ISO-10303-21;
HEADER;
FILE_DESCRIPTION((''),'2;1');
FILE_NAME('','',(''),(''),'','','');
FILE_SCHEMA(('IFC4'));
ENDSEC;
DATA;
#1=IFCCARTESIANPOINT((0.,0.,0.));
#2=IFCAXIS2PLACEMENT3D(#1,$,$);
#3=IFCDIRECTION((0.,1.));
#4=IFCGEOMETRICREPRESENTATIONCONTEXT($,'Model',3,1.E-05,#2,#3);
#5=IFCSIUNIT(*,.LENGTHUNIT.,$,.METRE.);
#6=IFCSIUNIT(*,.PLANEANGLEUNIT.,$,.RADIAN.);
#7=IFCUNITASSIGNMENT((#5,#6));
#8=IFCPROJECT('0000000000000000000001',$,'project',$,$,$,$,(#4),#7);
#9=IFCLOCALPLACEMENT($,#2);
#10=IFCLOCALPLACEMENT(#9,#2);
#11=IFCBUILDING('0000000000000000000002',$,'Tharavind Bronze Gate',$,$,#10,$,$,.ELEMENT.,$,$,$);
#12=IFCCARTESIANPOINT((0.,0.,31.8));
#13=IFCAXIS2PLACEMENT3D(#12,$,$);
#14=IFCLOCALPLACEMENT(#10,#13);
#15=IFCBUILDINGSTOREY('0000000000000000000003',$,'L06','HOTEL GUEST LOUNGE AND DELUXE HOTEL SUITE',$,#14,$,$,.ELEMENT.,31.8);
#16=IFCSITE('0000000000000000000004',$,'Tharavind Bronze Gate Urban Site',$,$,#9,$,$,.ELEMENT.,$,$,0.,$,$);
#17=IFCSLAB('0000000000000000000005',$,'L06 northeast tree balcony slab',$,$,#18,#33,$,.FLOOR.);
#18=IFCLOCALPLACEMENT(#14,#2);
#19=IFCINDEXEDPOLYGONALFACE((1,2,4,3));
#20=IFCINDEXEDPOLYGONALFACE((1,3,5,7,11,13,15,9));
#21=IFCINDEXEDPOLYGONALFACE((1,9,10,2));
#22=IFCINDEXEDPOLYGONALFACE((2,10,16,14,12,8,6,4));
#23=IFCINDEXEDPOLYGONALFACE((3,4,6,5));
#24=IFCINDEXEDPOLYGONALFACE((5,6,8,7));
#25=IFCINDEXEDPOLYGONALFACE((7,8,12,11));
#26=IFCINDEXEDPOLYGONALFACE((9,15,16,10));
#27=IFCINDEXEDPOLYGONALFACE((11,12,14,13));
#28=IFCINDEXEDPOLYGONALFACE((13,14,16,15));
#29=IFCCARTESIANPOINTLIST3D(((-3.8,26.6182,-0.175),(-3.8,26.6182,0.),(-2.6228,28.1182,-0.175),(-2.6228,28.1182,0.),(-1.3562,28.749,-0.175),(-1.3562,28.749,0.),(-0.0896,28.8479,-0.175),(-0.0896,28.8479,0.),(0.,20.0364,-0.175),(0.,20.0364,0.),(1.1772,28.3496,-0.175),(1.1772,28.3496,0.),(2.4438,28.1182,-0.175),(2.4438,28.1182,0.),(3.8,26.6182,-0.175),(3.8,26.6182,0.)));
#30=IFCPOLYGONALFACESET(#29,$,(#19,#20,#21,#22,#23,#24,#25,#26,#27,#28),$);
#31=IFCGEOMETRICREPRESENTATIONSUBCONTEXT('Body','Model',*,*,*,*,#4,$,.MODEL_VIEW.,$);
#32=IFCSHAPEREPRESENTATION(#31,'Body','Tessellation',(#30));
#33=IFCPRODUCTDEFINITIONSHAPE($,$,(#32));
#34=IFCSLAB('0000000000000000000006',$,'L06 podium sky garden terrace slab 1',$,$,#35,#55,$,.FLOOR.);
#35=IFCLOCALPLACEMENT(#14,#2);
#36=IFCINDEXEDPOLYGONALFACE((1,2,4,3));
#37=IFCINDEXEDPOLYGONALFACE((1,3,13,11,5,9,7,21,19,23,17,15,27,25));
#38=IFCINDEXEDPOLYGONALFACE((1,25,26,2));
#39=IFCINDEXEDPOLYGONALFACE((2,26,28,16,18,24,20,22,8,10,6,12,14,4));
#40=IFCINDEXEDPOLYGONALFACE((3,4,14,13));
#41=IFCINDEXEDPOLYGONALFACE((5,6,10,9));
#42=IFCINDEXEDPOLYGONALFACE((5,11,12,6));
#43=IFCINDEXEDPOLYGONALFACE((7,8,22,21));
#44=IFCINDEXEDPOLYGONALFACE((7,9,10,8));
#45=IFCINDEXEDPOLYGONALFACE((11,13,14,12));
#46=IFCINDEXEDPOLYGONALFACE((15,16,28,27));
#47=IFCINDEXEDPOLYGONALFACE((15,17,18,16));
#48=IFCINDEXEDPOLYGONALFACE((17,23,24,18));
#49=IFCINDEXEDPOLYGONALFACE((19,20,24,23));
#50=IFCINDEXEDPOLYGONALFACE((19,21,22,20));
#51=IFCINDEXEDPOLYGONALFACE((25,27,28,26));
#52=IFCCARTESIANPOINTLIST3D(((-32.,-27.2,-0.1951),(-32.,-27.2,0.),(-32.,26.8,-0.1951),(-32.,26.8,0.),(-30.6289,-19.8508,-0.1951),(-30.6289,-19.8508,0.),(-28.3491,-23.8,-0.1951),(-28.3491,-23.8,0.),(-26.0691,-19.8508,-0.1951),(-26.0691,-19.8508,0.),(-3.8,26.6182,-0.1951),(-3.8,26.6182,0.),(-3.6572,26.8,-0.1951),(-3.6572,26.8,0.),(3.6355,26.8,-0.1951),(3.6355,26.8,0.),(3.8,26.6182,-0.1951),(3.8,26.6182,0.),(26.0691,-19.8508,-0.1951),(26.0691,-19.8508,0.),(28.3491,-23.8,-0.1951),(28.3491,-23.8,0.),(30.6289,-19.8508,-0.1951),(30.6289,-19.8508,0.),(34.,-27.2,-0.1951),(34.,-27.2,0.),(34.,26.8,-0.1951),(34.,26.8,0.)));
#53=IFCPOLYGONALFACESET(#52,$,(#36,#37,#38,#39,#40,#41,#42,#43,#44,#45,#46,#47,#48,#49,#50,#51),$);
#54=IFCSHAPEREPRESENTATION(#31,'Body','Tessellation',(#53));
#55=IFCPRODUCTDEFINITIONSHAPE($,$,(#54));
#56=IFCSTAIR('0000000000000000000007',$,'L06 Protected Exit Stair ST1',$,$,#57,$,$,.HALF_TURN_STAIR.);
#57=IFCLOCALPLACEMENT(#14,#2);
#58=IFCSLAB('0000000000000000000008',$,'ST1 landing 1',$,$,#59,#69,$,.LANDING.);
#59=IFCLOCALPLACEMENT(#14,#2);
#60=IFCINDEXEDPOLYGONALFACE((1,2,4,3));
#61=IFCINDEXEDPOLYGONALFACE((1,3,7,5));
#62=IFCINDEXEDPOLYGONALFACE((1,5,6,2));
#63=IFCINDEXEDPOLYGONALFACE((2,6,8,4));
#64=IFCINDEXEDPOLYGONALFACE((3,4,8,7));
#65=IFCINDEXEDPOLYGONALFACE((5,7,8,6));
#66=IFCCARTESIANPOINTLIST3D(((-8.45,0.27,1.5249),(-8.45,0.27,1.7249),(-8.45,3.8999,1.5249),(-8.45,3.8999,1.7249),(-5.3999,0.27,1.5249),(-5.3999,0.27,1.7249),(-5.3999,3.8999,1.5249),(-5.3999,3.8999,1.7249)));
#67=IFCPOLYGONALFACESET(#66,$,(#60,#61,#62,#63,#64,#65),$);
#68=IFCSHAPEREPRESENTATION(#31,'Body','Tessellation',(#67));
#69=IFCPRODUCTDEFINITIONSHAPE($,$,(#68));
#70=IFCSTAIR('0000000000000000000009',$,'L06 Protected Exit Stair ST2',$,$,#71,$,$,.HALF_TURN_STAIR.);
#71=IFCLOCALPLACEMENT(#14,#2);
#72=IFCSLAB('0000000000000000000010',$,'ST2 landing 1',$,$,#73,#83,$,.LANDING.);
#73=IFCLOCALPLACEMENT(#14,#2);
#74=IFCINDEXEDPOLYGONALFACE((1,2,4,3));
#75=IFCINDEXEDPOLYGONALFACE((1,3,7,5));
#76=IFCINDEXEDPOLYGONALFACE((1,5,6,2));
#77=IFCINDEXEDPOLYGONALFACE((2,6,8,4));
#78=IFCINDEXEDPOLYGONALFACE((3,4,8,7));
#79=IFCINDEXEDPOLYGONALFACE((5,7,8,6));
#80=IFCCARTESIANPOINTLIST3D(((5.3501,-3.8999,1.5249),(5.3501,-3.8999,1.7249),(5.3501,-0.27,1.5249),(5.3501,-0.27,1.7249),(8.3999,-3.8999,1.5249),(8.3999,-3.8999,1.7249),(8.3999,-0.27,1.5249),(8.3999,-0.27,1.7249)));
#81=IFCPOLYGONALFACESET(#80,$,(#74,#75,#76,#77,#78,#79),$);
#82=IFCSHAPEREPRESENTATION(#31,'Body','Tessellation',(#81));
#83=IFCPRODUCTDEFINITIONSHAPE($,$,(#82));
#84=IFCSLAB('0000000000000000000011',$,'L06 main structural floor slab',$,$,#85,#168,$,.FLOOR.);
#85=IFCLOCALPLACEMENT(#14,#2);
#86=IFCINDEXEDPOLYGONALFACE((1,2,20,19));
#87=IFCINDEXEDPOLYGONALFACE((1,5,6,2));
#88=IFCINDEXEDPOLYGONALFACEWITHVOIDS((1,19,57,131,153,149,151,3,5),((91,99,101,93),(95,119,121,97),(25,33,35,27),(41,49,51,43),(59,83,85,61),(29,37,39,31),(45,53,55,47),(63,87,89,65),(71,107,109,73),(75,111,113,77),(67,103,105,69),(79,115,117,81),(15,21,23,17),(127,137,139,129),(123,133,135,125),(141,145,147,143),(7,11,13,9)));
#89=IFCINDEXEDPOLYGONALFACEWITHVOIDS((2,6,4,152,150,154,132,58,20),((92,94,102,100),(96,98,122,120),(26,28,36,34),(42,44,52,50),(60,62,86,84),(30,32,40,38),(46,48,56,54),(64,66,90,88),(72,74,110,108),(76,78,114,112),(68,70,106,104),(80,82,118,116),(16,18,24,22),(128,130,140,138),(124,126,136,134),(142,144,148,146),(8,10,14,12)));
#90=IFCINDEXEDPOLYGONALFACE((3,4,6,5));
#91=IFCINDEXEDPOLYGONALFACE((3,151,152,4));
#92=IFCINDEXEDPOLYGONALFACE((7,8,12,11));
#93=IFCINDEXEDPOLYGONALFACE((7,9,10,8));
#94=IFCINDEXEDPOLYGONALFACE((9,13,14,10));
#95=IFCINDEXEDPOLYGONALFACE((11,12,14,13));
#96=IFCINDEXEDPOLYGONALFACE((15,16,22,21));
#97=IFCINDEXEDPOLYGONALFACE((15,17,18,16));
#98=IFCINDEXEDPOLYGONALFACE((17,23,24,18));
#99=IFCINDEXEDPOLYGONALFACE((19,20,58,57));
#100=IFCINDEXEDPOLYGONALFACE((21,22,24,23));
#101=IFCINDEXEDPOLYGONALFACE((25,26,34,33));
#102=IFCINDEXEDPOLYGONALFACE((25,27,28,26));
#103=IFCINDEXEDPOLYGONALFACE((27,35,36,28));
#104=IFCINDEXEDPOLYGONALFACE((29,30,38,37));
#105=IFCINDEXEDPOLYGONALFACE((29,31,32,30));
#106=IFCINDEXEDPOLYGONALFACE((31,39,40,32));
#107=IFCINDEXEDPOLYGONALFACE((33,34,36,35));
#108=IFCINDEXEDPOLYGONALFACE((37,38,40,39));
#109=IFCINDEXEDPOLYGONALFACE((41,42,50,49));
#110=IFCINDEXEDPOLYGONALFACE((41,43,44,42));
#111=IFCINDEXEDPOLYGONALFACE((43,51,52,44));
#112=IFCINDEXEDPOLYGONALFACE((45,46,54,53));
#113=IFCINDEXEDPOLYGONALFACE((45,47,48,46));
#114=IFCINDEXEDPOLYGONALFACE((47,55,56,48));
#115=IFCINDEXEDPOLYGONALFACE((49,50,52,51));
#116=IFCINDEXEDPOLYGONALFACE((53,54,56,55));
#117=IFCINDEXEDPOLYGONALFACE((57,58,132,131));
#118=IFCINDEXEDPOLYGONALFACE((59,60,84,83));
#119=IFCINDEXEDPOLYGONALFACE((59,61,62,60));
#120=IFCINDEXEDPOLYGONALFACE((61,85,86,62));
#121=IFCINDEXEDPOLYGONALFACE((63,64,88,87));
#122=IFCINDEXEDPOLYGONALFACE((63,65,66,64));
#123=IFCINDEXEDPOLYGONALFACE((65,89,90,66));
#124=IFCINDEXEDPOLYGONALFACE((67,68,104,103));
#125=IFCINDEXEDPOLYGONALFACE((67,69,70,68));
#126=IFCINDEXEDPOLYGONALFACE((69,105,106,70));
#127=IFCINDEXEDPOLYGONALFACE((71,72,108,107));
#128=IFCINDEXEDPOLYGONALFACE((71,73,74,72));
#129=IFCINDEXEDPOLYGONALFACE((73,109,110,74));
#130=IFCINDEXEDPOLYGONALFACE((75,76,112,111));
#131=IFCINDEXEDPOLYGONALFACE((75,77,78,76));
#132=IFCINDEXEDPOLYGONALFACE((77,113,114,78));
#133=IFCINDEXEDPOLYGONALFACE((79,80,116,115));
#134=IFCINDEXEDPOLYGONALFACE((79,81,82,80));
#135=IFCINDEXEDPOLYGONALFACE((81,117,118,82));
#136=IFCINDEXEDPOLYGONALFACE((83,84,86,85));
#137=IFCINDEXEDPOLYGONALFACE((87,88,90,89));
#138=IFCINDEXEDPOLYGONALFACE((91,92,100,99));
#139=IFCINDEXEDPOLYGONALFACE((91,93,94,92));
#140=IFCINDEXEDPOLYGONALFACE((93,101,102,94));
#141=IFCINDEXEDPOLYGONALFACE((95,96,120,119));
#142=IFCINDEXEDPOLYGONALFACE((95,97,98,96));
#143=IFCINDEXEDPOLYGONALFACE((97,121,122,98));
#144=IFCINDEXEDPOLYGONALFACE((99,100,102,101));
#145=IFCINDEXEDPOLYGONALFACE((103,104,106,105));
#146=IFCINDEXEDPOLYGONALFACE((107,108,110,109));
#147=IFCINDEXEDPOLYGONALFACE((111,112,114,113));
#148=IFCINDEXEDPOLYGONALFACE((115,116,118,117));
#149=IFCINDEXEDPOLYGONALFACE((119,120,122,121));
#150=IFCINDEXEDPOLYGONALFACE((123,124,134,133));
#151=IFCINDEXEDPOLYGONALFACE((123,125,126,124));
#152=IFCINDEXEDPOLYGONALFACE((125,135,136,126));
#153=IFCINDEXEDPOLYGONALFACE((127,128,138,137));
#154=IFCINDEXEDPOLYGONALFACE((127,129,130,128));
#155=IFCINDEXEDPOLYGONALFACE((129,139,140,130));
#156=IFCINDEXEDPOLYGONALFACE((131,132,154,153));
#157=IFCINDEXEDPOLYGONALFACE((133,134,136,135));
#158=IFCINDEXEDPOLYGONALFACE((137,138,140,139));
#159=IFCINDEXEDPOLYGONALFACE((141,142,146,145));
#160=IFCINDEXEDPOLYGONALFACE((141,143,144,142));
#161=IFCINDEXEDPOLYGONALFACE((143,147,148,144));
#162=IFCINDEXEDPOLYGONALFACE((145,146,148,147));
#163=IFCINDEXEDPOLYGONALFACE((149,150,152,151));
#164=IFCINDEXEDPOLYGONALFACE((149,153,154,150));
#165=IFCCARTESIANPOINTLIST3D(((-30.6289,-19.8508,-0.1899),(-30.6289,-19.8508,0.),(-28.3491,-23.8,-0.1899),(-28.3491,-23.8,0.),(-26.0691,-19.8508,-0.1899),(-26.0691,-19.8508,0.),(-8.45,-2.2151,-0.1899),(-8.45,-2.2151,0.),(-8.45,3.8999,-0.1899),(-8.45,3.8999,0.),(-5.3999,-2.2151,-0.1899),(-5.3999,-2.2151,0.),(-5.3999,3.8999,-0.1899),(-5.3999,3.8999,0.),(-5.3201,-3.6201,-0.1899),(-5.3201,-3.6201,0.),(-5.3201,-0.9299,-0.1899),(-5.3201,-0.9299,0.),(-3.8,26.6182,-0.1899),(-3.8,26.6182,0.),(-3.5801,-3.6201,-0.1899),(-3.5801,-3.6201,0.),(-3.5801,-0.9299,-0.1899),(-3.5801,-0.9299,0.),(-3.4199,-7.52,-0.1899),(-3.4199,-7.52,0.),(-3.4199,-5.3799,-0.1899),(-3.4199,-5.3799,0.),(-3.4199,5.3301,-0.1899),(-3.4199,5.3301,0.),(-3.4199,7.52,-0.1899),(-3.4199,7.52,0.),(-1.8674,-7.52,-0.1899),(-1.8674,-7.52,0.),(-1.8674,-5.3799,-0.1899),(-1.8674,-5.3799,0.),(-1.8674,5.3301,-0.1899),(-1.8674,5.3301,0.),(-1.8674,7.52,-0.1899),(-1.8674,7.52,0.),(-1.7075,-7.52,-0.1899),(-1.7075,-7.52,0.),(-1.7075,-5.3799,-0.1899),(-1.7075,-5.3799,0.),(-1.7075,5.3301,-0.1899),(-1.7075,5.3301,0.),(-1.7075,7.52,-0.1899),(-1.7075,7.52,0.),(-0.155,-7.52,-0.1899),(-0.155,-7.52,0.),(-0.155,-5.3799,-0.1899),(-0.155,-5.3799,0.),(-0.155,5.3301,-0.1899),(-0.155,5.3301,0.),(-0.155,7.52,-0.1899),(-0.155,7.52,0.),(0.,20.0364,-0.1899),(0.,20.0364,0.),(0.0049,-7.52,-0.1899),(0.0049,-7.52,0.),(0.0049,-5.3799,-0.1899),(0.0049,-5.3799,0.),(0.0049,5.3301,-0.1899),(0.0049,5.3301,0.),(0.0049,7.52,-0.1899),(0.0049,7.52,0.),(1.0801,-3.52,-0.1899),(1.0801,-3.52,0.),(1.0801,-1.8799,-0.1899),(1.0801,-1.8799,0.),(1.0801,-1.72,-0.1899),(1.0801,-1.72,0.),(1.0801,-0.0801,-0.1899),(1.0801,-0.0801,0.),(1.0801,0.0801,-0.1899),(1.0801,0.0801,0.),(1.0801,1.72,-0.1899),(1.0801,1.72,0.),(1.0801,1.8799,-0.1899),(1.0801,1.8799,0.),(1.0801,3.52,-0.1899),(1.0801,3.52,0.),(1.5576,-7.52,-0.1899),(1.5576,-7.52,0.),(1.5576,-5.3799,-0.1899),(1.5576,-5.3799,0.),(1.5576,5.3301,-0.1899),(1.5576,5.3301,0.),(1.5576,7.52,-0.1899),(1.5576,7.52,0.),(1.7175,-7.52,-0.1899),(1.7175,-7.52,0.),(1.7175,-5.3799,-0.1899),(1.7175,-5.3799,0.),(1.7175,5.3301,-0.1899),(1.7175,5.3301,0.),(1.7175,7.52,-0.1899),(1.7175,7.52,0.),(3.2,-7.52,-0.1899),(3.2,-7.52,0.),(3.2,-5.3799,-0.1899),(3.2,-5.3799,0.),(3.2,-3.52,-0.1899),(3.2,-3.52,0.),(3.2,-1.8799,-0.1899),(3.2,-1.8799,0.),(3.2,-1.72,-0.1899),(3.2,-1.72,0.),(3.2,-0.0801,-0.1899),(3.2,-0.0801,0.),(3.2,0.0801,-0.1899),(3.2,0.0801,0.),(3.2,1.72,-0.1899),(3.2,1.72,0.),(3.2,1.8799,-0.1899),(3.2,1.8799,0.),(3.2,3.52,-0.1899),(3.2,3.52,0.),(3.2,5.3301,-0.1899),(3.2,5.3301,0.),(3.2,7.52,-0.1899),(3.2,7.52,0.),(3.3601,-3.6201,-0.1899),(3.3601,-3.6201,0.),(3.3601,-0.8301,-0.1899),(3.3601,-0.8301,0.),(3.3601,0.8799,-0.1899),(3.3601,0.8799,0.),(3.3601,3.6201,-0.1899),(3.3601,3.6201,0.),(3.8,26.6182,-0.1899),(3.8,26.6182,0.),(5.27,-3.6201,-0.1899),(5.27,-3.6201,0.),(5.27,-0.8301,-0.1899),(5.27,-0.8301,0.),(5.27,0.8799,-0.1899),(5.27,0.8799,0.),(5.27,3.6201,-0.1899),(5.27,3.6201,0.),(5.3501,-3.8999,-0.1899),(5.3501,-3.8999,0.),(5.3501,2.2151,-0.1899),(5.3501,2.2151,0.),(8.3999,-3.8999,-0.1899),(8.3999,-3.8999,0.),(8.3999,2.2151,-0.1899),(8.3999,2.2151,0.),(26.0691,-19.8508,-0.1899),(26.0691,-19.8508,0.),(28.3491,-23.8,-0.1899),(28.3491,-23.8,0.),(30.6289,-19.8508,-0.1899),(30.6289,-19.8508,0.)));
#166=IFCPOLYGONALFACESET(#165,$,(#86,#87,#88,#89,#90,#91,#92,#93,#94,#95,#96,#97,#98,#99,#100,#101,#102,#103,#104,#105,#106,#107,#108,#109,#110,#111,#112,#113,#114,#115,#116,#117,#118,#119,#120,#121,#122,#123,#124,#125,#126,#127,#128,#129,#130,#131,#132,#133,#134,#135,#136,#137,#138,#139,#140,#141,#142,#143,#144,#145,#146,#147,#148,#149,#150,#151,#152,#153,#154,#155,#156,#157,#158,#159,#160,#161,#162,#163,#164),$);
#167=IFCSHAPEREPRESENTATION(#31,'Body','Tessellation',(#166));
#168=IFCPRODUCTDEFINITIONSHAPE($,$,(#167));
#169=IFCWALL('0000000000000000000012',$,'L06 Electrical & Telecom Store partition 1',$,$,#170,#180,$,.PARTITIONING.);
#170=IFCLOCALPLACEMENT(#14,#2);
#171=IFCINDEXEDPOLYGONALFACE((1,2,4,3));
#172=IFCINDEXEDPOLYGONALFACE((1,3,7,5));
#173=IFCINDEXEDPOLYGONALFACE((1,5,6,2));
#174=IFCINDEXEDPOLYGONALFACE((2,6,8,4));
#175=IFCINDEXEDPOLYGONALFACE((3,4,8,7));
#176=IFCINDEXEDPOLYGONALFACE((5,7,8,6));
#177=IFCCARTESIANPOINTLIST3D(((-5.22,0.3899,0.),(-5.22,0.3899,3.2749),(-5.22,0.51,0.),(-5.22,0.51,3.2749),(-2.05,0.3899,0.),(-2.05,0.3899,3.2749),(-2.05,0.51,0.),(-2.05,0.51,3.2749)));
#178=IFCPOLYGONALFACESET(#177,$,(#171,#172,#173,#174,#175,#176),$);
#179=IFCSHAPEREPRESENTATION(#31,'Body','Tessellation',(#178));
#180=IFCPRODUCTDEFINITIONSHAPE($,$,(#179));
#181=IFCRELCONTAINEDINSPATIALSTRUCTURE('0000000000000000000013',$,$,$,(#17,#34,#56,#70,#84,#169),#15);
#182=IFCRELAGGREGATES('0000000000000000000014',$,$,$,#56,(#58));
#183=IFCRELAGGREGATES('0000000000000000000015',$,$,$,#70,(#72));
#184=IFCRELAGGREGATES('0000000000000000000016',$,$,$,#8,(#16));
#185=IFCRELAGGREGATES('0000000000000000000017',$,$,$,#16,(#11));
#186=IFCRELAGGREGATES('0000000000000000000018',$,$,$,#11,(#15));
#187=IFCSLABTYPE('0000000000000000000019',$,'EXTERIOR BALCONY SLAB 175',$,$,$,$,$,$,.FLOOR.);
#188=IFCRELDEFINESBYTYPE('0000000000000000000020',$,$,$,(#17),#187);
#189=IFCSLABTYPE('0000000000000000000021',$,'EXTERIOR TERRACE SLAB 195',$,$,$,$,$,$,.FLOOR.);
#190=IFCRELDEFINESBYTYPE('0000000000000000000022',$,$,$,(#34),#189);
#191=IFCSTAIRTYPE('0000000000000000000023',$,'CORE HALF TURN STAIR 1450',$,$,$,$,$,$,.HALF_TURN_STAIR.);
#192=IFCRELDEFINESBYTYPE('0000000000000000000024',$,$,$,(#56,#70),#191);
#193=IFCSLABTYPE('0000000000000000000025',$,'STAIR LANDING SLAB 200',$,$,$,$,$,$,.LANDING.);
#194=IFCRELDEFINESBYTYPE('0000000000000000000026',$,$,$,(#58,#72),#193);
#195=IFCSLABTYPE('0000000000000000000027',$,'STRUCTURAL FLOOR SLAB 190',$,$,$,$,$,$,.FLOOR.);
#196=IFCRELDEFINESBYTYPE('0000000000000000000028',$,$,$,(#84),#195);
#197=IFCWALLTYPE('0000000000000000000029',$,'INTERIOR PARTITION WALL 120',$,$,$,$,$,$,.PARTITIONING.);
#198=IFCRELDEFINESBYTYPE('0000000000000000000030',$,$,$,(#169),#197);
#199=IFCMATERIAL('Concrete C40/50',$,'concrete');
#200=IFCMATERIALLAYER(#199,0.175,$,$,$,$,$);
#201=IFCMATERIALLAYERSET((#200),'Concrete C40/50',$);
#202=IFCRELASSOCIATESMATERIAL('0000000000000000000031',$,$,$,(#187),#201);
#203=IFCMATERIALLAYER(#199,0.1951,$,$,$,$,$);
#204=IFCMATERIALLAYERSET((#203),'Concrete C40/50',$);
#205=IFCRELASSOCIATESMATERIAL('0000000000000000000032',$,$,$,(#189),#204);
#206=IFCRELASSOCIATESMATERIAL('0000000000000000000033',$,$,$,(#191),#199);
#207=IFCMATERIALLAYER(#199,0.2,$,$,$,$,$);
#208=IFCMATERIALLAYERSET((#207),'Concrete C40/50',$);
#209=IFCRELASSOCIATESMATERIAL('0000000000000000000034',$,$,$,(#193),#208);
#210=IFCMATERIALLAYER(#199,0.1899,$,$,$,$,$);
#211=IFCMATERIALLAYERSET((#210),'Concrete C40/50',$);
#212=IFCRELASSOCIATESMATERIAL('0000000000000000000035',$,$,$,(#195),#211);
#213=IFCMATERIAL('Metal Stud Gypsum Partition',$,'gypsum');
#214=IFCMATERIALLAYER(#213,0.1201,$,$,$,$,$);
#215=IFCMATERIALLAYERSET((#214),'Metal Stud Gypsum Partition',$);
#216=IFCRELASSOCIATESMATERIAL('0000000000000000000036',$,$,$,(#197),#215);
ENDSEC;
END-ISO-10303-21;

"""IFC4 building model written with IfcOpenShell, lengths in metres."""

from ifc_helpers import new_model, si_unit, direction, frame, frame_2d, origin, place, context, subcontext, project, spatial, polyline, rectangle, outline, extrude, material, layer, layer_set, type_object, element, aggregate, save


model = new_model("IFC4")

# Units and contexts
model_context = context("Model", 3, precision=1e-05, world=origin(), true_north=direction((0.0, 1.0)))
body_context = subcontext(model_context, "Body", "Model", "MODEL_VIEW")
ifc_project = project(units=[si_unit("LENGTHUNIT", "METRE"), si_unit("PLANEANGLEUNIT", "RADIAN")], contexts=[model_context])

# Site, building, storey
site_placement = place(None, origin())
site = spatial("IfcSite", under=ifc_project, at=site_placement, Name="Tharavind Bronze Gate Urban Site", CompositionType="ELEMENT", RefElevation=0.0)
building_placement = place(site_placement, origin())
building = spatial("IfcBuilding", under=site, at=building_placement, Name="Tharavind Bronze Gate", CompositionType="ELEMENT")
storey_placement = place(building_placement, frame((0.0, 0.0, 31.8)))
storey = spatial("IfcBuildingStorey", under=building, at=storey_placement, Name="L06", Description="HOTEL GUEST LOUNGE AND DELUXE HOTEL SUITE", CompositionType="ELEMENT", Elevation=31.8)

# Slabs
ifc_material_1 = material(Name="Concrete C40/50", Category="concrete")
ifc_layer_1 = layer(ifc_material_1, 0.175)
ifc_layer_set_1 = layer_set([ifc_layer_1], Name="Concrete C40/50")
slab_type_1 = type_object("IfcSlabType", Name="EXTERIOR BALCONY SLAB 175", PredefinedType="FLOOR", material=ifc_layer_set_1)
slab_1_placement = place(storey_placement, frame((0.0, 0.0, -0.175)))
element("IfcSlab", 1, at=slab_1_placement, inside=storey, type_object=slab_type_1, Name="L06 northeast tree balcony slab", PredefinedType="FLOOR", context=body_context, shape_type="SweptSolid", body=[
    extrude(outline(polyline([(2.4438, 28.1182), (1.1772, 28.3496), (-0.0896, 28.8479), (-1.3562, 28.749), (-2.6228, 28.1182), (-3.8, 26.6182), (0.0, 20.0364), (3.8, 26.6182), (2.4438, 28.1182)])), origin(), (0.0, 0.0, 1.0), 0.175),
])
ifc_layer_2 = layer(ifc_material_1, 0.1951)
ifc_layer_set_2 = layer_set([ifc_layer_2], Name="Concrete C40/50")
slab_type_2 = type_object("IfcSlabType", Name="EXTERIOR TERRACE SLAB 195", PredefinedType="FLOOR", material=ifc_layer_set_2)
slab_2_placement = place(storey_placement, frame((0.0, 0.0, -0.1951)))
element("IfcSlab", 2, at=slab_2_placement, inside=storey, type_object=slab_type_2, Name="L06 podium sky garden terrace slab 1", PredefinedType="FLOOR", context=body_context, shape_type="SweptSolid", body=[
    extrude(outline(polyline([(34.0, 26.8), (34.0, -27.2), (-32.0, -27.2), (-32.0, 26.8), (-3.6572, 26.8), (-3.8, 26.6182), (-30.6289, -19.8508), (-26.0691, -19.8508), (-28.3491, -23.8), (28.3491, -23.8), (26.0691, -19.8508), (30.6289, -19.8508), (3.8, 26.6182), (3.6355, 26.8), (34.0, 26.8)])), origin(), (0.0, 0.0, 1.0), 0.1951),
])

# Stairs, slabs
stair_type = type_object("IfcStairType", Name="CORE HALF TURN STAIR 1450", PredefinedType="HALF_TURN_STAIR", material=ifc_material_1)
stair_1_placement = place(storey_placement, origin())
stair_1 = element("IfcStair", 3, at=stair_1_placement, inside=storey, type_object=stair_type, Name="L06 Protected Exit Stair ST1", PredefinedType="HALF_TURN_STAIR")
ifc_layer_3 = layer(ifc_material_1, 0.2)
ifc_layer_set_3 = layer_set([ifc_layer_3], Name="Concrete C40/50")
slab_type_3 = type_object("IfcSlabType", Name="STAIR LANDING SLAB 200", PredefinedType="LANDING", material=ifc_layer_set_3)
slab_3_placement = place(storey_placement, frame((0.0, 0.0, 1.5249)))
slab_3 = element("IfcSlab", 4, at=slab_3_placement, type_object=slab_type_3, Name="ST1 landing 1", PredefinedType="LANDING", context=body_context, shape_type="SweptSolid", body=[
    extrude(outline(polyline([(-5.3999, 0.27), (-5.3999, 3.8999), (-8.45, 3.8999), (-8.45, 0.27), (-5.3999, 0.27)])), origin(), (0.0, 0.0, 1.0), 0.2),
])
aggregate(stair_1, [slab_3])
stair_2_placement = place(storey_placement, origin())
stair_2 = element("IfcStair", 5, at=stair_2_placement, inside=storey, type_object=stair_type, Name="L06 Protected Exit Stair ST2", PredefinedType="HALF_TURN_STAIR")
slab_4_placement = place(storey_placement, frame((0.0, 0.0, 1.5249)))
slab_4 = element("IfcSlab", 6, at=slab_4_placement, type_object=slab_type_3, Name="ST2 landing 1", PredefinedType="LANDING", context=body_context, shape_type="SweptSolid", body=[
    extrude(outline(polyline([(5.3501, -0.27), (5.3501, -3.8999), (8.3999, -3.8999), (8.3999, -0.27), (5.3501, -0.27)])), origin(), (0.0, 0.0, 1.0), 0.2),
])
aggregate(stair_2, [slab_4])

# Slab
ifc_layer_4 = layer(ifc_material_1, 0.1899)
ifc_layer_set_4 = layer_set([ifc_layer_4], Name="Concrete C40/50")
slab_type_4 = type_object("IfcSlabType", Name="STRUCTURAL FLOOR SLAB 190", PredefinedType="FLOOR", material=ifc_layer_set_4)
slab_5_placement = place(storey_placement, frame((0.0, 0.0, -0.1899)))
element("IfcSlab", 7, at=slab_5_placement, inside=storey, type_object=slab_type_4, Name="L06 main structural floor slab", PredefinedType="FLOOR", context=body_context, shape_type="SweptSolid", body=[
    extrude(outline(polyline([(3.8, 26.6182), (0.0, 20.0364), (-3.8, 26.6182), (-30.6289, -19.8508), (-26.0691, -19.8508), (-28.3491, -23.8), (28.3491, -23.8), (26.0691, -19.8508), (30.6289, -19.8508), (3.8, 26.6182)]), holes=[polyline([(-5.3999, -2.2151), (-5.3999, 3.8999), (-8.45, 3.8999), (-8.45, -2.2151), (-5.3999, -2.2151)]), polyline([(5.3501, 2.2151), (5.3501, -3.8999), (8.3999, -3.8999), (8.3999, 2.2151), (5.3501, 2.2151)]), polyline([(-3.4199, -7.52), (-1.8674, -7.52), (-1.8674, -5.3799), (-3.4199, -5.3799), (-3.4199, -7.52)]), polyline([(-1.7075, -7.52), (-0.155, -7.52), (-0.155, -5.3799), (-1.7075, -5.3799), (-1.7075, -7.52)]), polyline([(0.0049, -7.52), (1.5576, -7.52), (1.5576, -5.3799), (0.0049, -5.3799), (0.0049, -7.52)]), polyline([(1.7175, -7.52), (3.2, -7.52), (3.2, -5.3799), (1.7175, -5.3799), (1.7175, -7.52)]), polyline([(-3.4199, 5.3301), (-1.8674, 5.3301), (-1.8674, 7.52), (-3.4199, 7.52), (-3.4199, 5.3301)]), polyline([(-1.7075, 5.3301), (-0.155, 5.3301), (-0.155, 7.52), (-1.7075, 7.52), (-1.7075, 5.3301)]), polyline([(0.0049, 5.3301), (1.5576, 5.3301), (1.5576, 7.52), (0.0049, 7.52), (0.0049, 5.3301)]), polyline([(1.7175, 5.3301), (3.2, 5.3301), (3.2, 7.52), (1.7175, 7.52), (1.7175, 5.3301)]), polyline([(1.0801, -3.52), (3.2, -3.52), (3.2, -1.8799), (1.0801, -1.8799), (1.0801, -3.52)]), polyline([(1.0801, -1.72), (3.2, -1.72), (3.2, -0.0801), (1.0801, -0.0801), (1.0801, -1.72)]), polyline([(1.0801, 0.0801), (3.2, 0.0801), (3.2, 1.72), (1.0801, 1.72), (1.0801, 0.0801)]), polyline([(1.0801, 1.8799), (3.2, 1.8799), (3.2, 3.52), (1.0801, 3.52), (1.0801, 1.8799)]), polyline([(-5.3201, -3.6201), (-3.5801, -3.6201), (-3.5801, -0.9299), (-5.3201, -0.9299), (-5.3201, -3.6201)]), polyline([(3.3601, 0.8799), (5.27, 0.8799), (5.27, 3.6201), (3.3601, 3.6201), (3.3601, 0.8799)]), polyline([(3.3601, -3.6201), (5.27, -3.6201), (5.27, -0.8301), (3.3601, -0.8301), (3.3601, -3.6201)])]), origin(), (0.0, 0.0, 1.0), 0.1899),
])

# Wall
ifc_material_2 = material(Name="Metal Stud Gypsum Partition", Category="gypsum")
ifc_layer_5 = layer(ifc_material_2, 0.1201)
ifc_layer_set_5 = layer_set([ifc_layer_5], Name="Metal Stud Gypsum Partition")
wall_type_1 = type_object("IfcWallType", Name="INTERIOR PARTITION WALL 120", PredefinedType="PARTITIONING", material=ifc_layer_set_5)
wall_1_placement = place(storey_placement, frame((-5.22, 0.45, 0.0), z_axis=(0.0, 0.0, 1.0), x_axis=(1.0, 0.0, 0.0)))
element("IfcWall", 8, at=wall_1_placement, inside=storey, type_object=wall_type_1, Name="L06 Electrical & Telecom Store partition 1", PredefinedType="PARTITIONING", context=body_context, shape_type="SweptSolid", body=[
    extrude(rectangle(XDim=3.1699, YDim=0.1201, at=frame_2d((1.585, 0.0))), origin(), (0.0, 0.0, 1.0), 3.2749),
])

save(model, "model.ifc")
